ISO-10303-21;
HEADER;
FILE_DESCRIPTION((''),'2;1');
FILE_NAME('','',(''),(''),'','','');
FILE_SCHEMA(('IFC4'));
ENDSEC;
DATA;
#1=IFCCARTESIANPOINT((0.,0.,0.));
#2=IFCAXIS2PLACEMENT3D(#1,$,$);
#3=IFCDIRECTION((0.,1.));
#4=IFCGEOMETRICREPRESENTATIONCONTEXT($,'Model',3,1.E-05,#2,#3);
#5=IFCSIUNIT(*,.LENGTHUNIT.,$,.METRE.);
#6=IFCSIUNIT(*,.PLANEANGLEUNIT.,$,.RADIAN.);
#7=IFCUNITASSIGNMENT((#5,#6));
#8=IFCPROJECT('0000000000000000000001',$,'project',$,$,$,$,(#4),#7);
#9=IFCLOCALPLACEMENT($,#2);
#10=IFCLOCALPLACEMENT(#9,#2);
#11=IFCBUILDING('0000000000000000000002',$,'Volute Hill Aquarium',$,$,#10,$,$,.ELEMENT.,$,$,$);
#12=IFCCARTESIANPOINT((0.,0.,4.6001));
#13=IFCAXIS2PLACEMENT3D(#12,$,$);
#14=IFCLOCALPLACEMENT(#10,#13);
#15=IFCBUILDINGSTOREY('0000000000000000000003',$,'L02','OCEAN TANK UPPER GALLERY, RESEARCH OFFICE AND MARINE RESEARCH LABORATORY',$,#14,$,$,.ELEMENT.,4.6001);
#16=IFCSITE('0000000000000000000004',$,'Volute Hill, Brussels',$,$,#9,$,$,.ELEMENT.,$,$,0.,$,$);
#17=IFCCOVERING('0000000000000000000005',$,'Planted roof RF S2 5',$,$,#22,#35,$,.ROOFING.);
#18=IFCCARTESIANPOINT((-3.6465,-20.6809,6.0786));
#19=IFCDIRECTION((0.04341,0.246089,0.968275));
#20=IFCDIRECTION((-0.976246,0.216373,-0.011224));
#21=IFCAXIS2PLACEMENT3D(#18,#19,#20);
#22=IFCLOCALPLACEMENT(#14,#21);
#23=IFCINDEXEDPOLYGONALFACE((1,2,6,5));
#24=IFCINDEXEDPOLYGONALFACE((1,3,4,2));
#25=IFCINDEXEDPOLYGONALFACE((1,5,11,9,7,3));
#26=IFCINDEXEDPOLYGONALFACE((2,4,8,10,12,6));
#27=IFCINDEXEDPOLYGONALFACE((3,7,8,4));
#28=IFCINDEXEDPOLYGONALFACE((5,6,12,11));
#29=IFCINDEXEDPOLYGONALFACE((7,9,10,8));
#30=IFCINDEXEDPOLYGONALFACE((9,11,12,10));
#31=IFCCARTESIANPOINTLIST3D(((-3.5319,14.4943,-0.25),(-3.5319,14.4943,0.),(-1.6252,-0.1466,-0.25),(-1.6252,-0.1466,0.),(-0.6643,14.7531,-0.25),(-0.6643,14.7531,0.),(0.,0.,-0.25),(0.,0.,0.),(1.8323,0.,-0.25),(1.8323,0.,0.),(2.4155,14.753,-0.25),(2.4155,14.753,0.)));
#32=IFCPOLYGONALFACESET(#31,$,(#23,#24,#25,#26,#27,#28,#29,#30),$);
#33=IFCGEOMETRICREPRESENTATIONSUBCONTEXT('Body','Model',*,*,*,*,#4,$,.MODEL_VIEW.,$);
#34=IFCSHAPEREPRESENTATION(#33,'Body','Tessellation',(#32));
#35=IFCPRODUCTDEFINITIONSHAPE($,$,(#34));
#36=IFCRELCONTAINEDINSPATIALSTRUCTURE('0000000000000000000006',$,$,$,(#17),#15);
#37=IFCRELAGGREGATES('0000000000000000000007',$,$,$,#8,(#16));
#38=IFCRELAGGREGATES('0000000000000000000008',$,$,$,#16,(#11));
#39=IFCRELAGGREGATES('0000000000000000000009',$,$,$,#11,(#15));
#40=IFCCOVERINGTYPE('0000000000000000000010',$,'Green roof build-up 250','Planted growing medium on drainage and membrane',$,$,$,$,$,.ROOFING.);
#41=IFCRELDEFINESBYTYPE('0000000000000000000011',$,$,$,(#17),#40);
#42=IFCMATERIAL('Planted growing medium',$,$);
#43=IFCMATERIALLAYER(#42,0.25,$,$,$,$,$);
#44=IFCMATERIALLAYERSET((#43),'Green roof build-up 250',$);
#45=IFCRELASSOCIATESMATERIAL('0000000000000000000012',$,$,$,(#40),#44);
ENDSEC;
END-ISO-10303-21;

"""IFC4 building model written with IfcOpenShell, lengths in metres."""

from ifc_helpers import new_model, si_unit, direction, frame, origin, place, context, subcontext, project, spatial, polyline, outline, extrude, material, layer, layer_set, type_object, element, save


model = new_model("IFC4")

# Units and contexts
model_context = context("Model", 3, precision=1e-05, world=origin(), true_north=direction((0.0, 1.0)))
body_context = subcontext(model_context, "Body", "Model", "MODEL_VIEW")
ifc_project = project(units=[si_unit("LENGTHUNIT", "METRE"), si_unit("PLANEANGLEUNIT", "RADIAN")], contexts=[model_context])

# Site, building, storey
site_placement = place(None, origin())
site = spatial("IfcSite", under=ifc_project, at=site_placement, Name="Volute Hill, Brussels", CompositionType="ELEMENT", RefElevation=0.0)
building_placement = place(site_placement, origin())
building = spatial("IfcBuilding", under=site, at=building_placement, Name="Volute Hill Aquarium", CompositionType="ELEMENT")
storey_placement = place(building_placement, frame((0.0, 0.0, 4.6001)))
storey = spatial("IfcBuildingStorey", under=building, at=storey_placement, Name="L02", Description="OCEAN TANK UPPER GALLERY, RESEARCH OFFICE AND MARINE RESEARCH LABORATORY", CompositionType="ELEMENT", Elevation=4.6001)

# Covering
ifc_material_1 = material(Name="Planted growing medium")
ifc_layer_1 = layer(ifc_material_1, 0.25)
ifc_layer_set_1 = layer_set([ifc_layer_1], Name="Green roof build-up 250")
covering_type_1 = type_object("IfcCoveringType", Name="Green roof build-up 250", Description="Planted growing medium on drainage and membrane", PredefinedType="ROOFING", material=ifc_layer_set_1)
covering_1_placement = place(storey_placement, frame((-3.6465, -20.6809, 6.0786), z_axis=(0.04341, 0.246089, 0.968275), x_axis=(-0.976246, 0.216373, -0.011224)))
element("IfcCovering", 1, at=covering_1_placement, inside=storey, type_object=covering_type_1, Name="Planted roof RF S2 5", PredefinedType="ROOFING", context=body_context, shape_type="SweptSolid", body=[
    extrude(outline(polyline([(0.0, 0.0), (1.8323, 0.0), (2.4155, 14.753), (-0.6643, 14.7531), (-3.5319, 14.4943), (-1.6252, -0.1466), (0.0, 0.0)])), origin(), (0.0, 0.0, -1.0), 0.25),
])

save(model, "model.ifc")
